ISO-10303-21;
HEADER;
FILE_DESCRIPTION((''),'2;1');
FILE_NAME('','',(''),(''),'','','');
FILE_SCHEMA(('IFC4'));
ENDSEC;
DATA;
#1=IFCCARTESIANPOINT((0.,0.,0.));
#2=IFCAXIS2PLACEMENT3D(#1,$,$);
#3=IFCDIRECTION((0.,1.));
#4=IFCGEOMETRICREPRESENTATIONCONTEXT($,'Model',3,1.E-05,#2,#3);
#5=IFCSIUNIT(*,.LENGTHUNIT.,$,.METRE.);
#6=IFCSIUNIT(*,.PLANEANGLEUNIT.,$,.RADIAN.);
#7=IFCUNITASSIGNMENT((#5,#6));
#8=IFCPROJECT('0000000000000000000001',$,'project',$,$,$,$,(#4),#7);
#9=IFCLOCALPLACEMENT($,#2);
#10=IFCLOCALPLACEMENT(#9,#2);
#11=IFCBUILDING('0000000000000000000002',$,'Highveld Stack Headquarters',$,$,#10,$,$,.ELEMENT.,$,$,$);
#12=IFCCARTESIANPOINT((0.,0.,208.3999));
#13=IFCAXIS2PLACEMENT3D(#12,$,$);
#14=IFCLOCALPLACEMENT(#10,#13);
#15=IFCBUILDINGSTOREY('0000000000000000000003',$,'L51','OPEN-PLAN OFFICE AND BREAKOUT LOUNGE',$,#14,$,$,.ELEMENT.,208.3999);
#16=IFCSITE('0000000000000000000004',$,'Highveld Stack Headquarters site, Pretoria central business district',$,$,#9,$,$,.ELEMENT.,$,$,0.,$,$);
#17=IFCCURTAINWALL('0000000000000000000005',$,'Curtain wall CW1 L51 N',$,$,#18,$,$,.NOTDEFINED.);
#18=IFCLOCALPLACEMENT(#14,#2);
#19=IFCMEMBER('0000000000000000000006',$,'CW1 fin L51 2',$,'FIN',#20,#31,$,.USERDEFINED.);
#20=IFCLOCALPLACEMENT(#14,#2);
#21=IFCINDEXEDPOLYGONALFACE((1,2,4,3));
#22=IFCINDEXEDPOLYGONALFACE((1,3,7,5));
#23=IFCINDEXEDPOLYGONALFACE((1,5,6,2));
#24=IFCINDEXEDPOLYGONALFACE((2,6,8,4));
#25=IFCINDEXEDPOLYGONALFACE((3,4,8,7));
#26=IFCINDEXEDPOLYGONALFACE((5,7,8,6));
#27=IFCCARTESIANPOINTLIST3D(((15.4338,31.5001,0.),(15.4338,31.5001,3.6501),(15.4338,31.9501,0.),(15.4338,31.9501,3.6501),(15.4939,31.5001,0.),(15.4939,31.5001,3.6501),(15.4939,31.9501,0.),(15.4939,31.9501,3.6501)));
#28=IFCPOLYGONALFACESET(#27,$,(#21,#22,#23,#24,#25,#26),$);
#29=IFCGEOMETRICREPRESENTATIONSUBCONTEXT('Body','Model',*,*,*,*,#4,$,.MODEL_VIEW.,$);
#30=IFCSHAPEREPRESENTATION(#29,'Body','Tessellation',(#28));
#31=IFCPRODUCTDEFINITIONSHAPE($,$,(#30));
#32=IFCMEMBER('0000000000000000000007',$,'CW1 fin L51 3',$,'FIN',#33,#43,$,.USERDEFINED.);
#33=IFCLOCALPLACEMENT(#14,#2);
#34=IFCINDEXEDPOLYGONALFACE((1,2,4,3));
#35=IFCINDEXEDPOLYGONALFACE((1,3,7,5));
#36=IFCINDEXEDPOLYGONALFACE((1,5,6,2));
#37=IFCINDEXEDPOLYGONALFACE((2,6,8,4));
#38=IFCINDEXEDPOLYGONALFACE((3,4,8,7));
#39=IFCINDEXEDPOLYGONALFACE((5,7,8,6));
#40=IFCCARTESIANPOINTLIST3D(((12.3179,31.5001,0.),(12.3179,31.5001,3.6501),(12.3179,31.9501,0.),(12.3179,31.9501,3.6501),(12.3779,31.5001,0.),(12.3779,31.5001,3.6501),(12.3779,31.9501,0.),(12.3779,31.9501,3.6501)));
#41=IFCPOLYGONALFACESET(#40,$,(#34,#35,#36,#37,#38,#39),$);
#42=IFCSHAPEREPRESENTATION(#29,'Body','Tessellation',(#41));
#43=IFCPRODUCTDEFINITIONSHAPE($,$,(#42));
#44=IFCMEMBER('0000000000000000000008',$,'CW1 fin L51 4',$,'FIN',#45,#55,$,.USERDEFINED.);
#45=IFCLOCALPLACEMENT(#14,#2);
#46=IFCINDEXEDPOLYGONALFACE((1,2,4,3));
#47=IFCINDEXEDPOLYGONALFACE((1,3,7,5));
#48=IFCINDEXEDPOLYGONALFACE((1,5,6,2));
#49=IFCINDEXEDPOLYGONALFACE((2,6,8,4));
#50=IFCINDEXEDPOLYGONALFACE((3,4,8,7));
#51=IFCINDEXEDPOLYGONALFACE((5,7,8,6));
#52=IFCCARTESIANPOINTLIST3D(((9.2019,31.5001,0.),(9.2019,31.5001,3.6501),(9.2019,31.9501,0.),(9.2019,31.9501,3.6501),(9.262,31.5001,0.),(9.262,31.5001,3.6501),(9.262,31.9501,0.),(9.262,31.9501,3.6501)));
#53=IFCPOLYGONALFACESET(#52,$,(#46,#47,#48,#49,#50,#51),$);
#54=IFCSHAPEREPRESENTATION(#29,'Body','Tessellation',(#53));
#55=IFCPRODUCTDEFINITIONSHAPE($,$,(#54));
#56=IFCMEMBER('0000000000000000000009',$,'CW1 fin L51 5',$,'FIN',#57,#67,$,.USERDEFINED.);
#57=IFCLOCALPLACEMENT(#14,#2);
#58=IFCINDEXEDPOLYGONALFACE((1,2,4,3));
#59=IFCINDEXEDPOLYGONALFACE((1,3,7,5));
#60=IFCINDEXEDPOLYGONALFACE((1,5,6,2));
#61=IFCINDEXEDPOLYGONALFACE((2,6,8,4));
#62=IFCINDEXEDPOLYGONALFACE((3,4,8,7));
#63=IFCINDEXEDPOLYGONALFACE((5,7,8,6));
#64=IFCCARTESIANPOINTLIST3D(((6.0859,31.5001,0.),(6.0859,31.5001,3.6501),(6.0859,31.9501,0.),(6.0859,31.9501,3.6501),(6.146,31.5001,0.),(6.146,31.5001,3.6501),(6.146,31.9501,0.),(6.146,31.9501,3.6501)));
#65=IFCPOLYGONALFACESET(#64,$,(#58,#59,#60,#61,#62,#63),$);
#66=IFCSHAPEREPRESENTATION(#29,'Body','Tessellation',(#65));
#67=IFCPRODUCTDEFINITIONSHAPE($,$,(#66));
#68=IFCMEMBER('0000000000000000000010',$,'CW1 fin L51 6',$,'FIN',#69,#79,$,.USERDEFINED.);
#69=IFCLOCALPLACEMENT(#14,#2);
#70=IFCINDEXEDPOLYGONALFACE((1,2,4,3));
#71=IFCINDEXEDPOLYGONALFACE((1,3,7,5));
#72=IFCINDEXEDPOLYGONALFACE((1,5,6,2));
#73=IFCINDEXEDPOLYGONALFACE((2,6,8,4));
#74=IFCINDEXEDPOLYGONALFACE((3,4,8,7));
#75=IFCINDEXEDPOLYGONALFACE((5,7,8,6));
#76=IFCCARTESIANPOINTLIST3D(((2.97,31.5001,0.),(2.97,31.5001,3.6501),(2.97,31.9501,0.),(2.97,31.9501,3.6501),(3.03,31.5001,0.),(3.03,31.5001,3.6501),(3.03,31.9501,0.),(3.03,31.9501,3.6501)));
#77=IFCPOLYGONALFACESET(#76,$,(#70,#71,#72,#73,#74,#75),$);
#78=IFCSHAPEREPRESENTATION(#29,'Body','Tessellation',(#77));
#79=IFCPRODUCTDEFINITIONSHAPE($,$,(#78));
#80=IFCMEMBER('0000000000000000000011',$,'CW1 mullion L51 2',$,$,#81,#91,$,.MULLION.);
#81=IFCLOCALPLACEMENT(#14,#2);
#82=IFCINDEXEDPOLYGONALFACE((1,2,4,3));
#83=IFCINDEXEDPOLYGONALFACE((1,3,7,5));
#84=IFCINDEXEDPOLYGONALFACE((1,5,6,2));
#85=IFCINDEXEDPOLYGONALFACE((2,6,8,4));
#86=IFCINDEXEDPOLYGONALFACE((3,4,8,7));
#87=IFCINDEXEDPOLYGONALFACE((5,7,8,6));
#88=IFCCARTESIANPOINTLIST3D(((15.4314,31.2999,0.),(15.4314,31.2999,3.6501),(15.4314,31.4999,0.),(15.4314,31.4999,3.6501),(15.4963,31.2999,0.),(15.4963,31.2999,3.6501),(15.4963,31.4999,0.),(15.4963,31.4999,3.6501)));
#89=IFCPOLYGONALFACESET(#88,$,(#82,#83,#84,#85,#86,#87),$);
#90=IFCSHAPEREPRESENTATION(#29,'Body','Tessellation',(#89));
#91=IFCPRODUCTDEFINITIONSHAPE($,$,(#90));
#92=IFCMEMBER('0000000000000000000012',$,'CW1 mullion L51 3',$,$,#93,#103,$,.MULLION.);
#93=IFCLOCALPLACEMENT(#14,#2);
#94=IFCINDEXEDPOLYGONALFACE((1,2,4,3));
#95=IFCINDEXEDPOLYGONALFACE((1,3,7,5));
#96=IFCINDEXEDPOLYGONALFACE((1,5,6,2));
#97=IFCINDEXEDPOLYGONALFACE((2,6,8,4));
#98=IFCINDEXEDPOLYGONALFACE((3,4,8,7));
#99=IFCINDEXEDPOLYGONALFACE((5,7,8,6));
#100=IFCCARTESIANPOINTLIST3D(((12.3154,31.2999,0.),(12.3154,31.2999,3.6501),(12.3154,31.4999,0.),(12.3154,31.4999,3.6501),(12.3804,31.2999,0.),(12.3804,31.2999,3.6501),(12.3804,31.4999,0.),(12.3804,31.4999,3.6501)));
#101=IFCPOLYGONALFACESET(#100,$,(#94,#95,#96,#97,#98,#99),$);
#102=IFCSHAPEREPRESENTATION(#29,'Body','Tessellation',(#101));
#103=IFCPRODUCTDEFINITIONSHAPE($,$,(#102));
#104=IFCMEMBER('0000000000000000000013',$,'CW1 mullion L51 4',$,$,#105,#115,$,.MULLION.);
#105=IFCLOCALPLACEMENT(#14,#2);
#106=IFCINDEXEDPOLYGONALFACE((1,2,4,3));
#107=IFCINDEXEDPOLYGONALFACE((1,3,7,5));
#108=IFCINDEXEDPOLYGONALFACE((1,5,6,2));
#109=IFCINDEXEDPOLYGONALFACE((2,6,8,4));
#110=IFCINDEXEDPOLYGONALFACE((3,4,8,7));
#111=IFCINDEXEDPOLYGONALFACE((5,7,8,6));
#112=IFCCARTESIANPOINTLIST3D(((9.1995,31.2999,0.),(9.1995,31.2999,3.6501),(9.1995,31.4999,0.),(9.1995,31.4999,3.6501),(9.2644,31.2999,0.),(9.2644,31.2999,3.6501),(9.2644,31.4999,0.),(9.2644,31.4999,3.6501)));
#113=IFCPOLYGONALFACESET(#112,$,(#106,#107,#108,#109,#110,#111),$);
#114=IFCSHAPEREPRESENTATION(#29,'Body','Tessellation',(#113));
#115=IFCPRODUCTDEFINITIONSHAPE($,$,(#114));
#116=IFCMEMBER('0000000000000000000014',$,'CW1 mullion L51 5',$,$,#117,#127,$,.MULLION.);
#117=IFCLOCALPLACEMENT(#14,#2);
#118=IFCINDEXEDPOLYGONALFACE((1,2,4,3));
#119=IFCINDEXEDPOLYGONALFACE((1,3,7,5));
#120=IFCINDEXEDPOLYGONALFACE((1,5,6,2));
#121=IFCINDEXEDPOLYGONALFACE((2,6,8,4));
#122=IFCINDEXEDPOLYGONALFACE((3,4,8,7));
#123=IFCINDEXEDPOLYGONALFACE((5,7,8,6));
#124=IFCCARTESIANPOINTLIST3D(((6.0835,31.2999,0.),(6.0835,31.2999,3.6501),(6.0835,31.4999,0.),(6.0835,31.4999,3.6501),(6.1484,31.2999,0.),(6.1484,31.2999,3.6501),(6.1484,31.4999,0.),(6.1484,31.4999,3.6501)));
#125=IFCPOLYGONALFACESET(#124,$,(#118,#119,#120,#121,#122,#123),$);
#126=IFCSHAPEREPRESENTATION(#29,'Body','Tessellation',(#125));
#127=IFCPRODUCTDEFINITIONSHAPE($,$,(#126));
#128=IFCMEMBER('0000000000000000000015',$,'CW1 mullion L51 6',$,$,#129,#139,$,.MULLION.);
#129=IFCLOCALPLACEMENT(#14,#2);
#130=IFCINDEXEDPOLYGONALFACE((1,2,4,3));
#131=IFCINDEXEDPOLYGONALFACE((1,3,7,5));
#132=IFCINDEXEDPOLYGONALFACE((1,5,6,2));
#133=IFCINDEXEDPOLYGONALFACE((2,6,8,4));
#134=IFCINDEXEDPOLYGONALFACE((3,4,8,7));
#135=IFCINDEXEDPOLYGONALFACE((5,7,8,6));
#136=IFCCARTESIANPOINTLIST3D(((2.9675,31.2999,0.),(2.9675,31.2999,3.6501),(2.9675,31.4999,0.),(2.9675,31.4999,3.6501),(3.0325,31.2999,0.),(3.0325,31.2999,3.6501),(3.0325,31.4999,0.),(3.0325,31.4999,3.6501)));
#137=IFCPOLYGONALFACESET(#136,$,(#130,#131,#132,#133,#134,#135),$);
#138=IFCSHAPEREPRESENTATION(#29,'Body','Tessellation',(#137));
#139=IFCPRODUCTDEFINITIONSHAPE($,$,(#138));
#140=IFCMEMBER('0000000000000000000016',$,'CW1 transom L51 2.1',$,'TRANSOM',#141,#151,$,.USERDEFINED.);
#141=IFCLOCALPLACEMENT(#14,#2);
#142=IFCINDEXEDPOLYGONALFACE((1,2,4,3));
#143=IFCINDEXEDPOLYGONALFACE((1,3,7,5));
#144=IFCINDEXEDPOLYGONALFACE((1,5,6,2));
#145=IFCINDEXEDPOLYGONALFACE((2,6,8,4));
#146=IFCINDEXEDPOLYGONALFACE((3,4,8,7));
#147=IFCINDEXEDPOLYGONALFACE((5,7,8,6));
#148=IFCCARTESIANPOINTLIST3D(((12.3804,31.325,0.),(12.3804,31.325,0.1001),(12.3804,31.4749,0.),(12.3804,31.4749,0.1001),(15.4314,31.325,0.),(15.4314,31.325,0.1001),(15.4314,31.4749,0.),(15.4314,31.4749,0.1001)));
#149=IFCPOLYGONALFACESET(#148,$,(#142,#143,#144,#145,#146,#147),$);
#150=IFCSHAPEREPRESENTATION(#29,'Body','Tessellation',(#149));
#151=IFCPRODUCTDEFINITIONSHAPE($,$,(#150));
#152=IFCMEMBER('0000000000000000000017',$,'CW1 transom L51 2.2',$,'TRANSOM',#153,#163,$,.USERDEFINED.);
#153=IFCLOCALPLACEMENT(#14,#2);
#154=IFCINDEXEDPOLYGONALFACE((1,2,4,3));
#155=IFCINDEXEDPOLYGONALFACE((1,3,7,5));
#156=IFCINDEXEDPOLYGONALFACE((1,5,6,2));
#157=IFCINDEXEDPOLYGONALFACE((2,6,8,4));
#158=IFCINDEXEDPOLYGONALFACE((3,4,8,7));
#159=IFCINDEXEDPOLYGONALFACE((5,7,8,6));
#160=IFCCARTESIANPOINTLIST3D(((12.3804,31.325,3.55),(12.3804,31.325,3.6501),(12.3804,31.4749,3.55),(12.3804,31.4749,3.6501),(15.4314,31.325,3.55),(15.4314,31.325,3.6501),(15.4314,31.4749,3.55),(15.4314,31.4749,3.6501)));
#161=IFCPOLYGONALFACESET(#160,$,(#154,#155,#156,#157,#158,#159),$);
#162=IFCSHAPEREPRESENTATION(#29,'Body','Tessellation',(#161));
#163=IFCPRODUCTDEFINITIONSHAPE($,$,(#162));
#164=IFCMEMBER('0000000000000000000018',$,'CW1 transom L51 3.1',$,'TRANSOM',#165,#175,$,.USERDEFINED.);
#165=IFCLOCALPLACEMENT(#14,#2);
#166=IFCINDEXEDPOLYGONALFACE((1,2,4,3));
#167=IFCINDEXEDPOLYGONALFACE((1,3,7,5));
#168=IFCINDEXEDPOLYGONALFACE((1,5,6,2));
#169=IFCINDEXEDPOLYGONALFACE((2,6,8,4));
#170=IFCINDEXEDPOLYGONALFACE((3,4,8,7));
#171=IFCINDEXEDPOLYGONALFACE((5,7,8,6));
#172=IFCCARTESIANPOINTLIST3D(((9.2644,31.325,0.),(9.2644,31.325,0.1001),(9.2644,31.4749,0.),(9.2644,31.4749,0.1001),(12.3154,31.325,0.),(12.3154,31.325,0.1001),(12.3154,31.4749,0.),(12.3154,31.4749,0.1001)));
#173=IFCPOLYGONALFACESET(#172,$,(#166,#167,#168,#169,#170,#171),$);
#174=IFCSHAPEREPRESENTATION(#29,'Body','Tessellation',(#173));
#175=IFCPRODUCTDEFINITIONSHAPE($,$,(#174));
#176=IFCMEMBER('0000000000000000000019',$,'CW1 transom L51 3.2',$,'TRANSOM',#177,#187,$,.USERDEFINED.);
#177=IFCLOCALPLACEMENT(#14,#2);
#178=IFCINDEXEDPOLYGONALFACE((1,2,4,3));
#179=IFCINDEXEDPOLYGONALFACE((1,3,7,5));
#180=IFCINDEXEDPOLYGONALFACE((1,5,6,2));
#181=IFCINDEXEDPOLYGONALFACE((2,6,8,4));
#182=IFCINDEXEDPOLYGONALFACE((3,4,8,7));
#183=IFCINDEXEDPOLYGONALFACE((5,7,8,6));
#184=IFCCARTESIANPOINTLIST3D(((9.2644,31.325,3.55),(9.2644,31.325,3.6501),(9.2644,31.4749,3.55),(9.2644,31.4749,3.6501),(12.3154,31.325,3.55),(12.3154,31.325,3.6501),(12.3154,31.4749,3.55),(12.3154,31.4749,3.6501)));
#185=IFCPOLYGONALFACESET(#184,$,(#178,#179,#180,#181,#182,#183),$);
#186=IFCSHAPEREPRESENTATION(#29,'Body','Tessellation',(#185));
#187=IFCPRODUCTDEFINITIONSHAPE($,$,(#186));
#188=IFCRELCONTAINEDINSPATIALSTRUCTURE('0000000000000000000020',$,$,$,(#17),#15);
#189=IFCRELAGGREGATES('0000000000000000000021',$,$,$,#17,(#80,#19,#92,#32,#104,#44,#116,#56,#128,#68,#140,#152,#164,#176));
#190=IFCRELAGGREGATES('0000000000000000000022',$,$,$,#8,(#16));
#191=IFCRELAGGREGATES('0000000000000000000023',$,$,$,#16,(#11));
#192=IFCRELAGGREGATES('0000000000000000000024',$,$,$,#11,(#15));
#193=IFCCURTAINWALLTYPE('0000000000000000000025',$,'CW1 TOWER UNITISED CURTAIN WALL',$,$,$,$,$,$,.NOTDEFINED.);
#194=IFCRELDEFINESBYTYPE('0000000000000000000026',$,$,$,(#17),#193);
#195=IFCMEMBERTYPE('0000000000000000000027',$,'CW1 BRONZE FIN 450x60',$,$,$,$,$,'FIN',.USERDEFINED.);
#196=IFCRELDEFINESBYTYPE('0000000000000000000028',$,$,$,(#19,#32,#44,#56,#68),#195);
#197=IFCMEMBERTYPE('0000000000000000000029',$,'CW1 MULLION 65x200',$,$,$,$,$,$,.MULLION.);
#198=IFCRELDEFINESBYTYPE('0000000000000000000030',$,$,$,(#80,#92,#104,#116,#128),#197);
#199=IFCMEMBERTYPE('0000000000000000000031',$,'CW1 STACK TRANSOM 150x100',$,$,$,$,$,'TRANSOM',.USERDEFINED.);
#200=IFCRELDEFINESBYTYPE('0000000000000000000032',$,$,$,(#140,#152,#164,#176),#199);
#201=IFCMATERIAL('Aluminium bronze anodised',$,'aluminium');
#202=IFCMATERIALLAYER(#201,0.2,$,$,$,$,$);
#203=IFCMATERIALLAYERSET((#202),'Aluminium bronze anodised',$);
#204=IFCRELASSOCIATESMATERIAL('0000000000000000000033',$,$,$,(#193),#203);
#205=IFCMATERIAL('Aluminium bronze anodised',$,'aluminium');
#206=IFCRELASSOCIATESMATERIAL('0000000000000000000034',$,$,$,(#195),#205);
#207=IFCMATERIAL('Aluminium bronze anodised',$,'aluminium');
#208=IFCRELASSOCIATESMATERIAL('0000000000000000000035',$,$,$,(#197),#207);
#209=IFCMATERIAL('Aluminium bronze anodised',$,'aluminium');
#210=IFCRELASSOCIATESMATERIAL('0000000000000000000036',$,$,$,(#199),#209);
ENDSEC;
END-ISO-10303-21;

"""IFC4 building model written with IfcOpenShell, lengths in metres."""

from ifc_helpers import new_model, si_unit, direction, frame, origin, origin_2d, place, context, subcontext, project, spatial, rectangle, extrude, material, layer, layer_set, material_profile, profile_set, type_object, element, aggregate, save


model = new_model("IFC4")

# Units and contexts
model_context = context("Model", 3, precision=1e-05, world=origin(), true_north=direction((0.0, 1.0)))
body_context = subcontext(model_context, "Body", "Model", "MODEL_VIEW")
ifc_project = project(units=[si_unit("LENGTHUNIT", "METRE"), si_unit("PLANEANGLEUNIT", "RADIAN")], contexts=[model_context])

# Site, building, storey
site_placement = place(None, origin())
site = spatial("IfcSite", under=ifc_project, at=site_placement, Name="Highveld Stack Headquarters site, Pretoria central business district", CompositionType="ELEMENT", RefElevation=0.0)
building_placement = place(site_placement, origin())
building = spatial("IfcBuilding", under=site, at=building_placement, Name="Highveld Stack Headquarters", CompositionType="ELEMENT")
storey_placement = place(building_placement, frame((0.0, 0.0, 208.3999)))
storey = spatial("IfcBuildingStorey", under=building, at=storey_placement, Name="L51", Description="OPEN-PLAN OFFICE AND BREAKOUT LOUNGE", CompositionType="ELEMENT", Elevation=208.3999)

# Curtain wall, members
ifc_material_1 = material(Name="Aluminium bronze anodised", Category="aluminium")
ifc_layer_1 = layer(ifc_material_1, 0.2)
ifc_layer_set_1 = layer_set([ifc_layer_1], Name="Aluminium bronze anodised")
curtain_wall_type = type_object("IfcCurtainWallType", Name="CW1 TOWER UNITISED CURTAIN WALL", PredefinedType="NOTDEFINED", material=ifc_layer_set_1)
curtain_wall_placement = place(storey_placement, origin())
curtain_wall = element("IfcCurtainWall", 1, at=curtain_wall_placement, inside=storey, type_object=curtain_wall_type, Name="Curtain wall CW1 L51 N", PredefinedType="NOTDEFINED")
ifc_material_2 = material(Name="Aluminium bronze anodised", Category="aluminium")
ifc_material_profile_1 = material_profile(ifc_material_2, rectangle(XDim=0.45, YDim=0.0601, at=origin_2d()), Name="FIN 450x60")
ifc_profile_set_1 = profile_set([ifc_material_profile_1], Name="Aluminium bronze anodised")
member_type_1 = type_object("IfcMemberType", Name="CW1 BRONZE FIN 450x60", ElementType="FIN", PredefinedType="USERDEFINED", material=ifc_profile_set_1)
member_1_placement = place(storey_placement, frame((15.4639, 31.7251, 0.0), z_axis=(0.0, 0.0, 1.0), x_axis=(0.0, -1.0, 0.0)))
member_1 = element("IfcMember", 2, at=member_1_placement, type_object=member_type_1, Name="CW1 fin L51 2", ObjectType="FIN", PredefinedType="USERDEFINED", context=body_context, shape_type="SweptSolid", body=[
    extrude(rectangle(XDim=0.45, YDim=0.0601, at=origin_2d()), origin(), (0.0, 0.0, 1.0), 3.6501),
])
member_2_placement = place(storey_placement, frame((12.3479, 31.7251, 0.0), z_axis=(0.0, 0.0, 1.0), x_axis=(0.0, -1.0, 0.0)))
member_2 = element("IfcMember", 3, at=member_2_placement, type_object=member_type_1, Name="CW1 fin L51 3", ObjectType="FIN", PredefinedType="USERDEFINED", context=body_context, shape_type="SweptSolid", body=[
    extrude(rectangle(XDim=0.45, YDim=0.0601, at=origin_2d()), origin(), (0.0, 0.0, 1.0), 3.6501),
])
member_3_placement = place(storey_placement, frame((9.2319, 31.7251, 0.0), z_axis=(0.0, 0.0, 1.0), x_axis=(0.0, -1.0, 0.0)))
member_3 = element("IfcMember", 4, at=member_3_placement, type_object=member_type_1, Name="CW1 fin L51 4", ObjectType="FIN", PredefinedType="USERDEFINED", context=body_context, shape_type="SweptSolid", body=[
    extrude(rectangle(XDim=0.45, YDim=0.0601, at=origin_2d()), origin(), (0.0, 0.0, 1.0), 3.6501),
])
member_4_placement = place(storey_placement, frame((6.116, 31.7251, 0.0), z_axis=(0.0, 0.0, 1.0), x_axis=(0.0, -1.0, 0.0)))
member_4 = element("IfcMember", 5, at=member_4_placement, type_object=member_type_1, Name="CW1 fin L51 5", ObjectType="FIN", PredefinedType="USERDEFINED", context=body_context, shape_type="SweptSolid", body=[
    extrude(rectangle(XDim=0.45, YDim=0.0601, at=origin_2d()), origin(), (0.0, 0.0, 1.0), 3.6501),
])
member_5_placement = place(storey_placement, frame((3.0, 31.7251, 0.0), z_axis=(0.0, 0.0, 1.0), x_axis=(0.0, -1.0, 0.0)))
member_5 = element("IfcMember", 6, at=member_5_placement, type_object=member_type_1, Name="CW1 fin L51 6", ObjectType="FIN", PredefinedType="USERDEFINED", context=body_context, shape_type="SweptSolid", body=[
    extrude(rectangle(XDim=0.45, YDim=0.0601, at=origin_2d()), origin(), (0.0, 0.0, 1.0), 3.6501),
])
ifc_material_3 = material(Name="Aluminium bronze anodised", Category="aluminium")
ifc_material_profile_2 = material_profile(ifc_material_3, rectangle(XDim=0.2, YDim=0.0649, at=origin_2d()), Name="CW1 MULLION 65x200")
ifc_profile_set_2 = profile_set([ifc_material_profile_2], Name="Aluminium bronze anodised")
member_type_2 = type_object("IfcMemberType", Name="CW1 MULLION 65x200", PredefinedType="MULLION", material=ifc_profile_set_2)
member_6_placement = place(storey_placement, frame((15.4639, 31.3999, 0.0), z_axis=(0.0, 0.0, 1.0), x_axis=(0.0, -1.0, 0.0)))
member_6 = element("IfcMember", 7, at=member_6_placement, type_object=member_type_2, Name="CW1 mullion L51 2", PredefinedType="MULLION", context=body_context, shape_type="SweptSolid", body=[
    extrude(rectangle(XDim=0.2, YDim=0.0649, at=origin_2d()), origin(), (0.0, 0.0, 1.0), 3.6501),
])
member_7_placement = place(storey_placement, frame((12.3479, 31.3999, 0.0), z_axis=(0.0, 0.0, 1.0), x_axis=(0.0, -1.0, 0.0)))
member_7 = element("IfcMember", 8, at=member_7_placement, type_object=member_type_2, Name="CW1 mullion L51 3", PredefinedType="MULLION", context=body_context, shape_type="SweptSolid", body=[
    extrude(rectangle(XDim=0.2, YDim=0.0649, at=origin_2d()), origin(), (0.0, 0.0, 1.0), 3.6501),
])
member_8_placement = place(storey_placement, frame((9.2319, 31.3999, 0.0), z_axis=(0.0, 0.0, 1.0), x_axis=(0.0, -1.0, 0.0)))
member_8 = element("IfcMember", 9, at=member_8_placement, type_object=member_type_2, Name="CW1 mullion L51 4", PredefinedType="MULLION", context=body_context, shape_type="SweptSolid", body=[
    extrude(rectangle(XDim=0.2, YDim=0.0649, at=origin_2d()), origin(), (0.0, 0.0, 1.0), 3.6501),
])
member_9_placement = place(storey_placement, frame((6.116, 31.3999, 0.0), z_axis=(0.0, 0.0, 1.0), x_axis=(0.0, -1.0, 0.0)))
member_9 = element("IfcMember", 10, at=member_9_placement, type_object=member_type_2, Name="CW1 mullion L51 5", PredefinedType="MULLION", context=body_context, shape_type="SweptSolid", body=[
    extrude(rectangle(XDim=0.2, YDim=0.0649, at=origin_2d()), origin(), (0.0, 0.0, 1.0), 3.6501),
])
member_10_placement = place(storey_placement, frame((3.0, 31.3999, 0.0), z_axis=(0.0, 0.0, 1.0), x_axis=(0.0, -1.0, 0.0)))
member_10 = element("IfcMember", 11, at=member_10_placement, type_object=member_type_2, Name="CW1 mullion L51 6", PredefinedType="MULLION", context=body_context, shape_type="SweptSolid", body=[
    extrude(rectangle(XDim=0.2, YDim=0.0649, at=origin_2d()), origin(), (0.0, 0.0, 1.0), 3.6501),
])
ifc_material_4 = material(Name="Aluminium bronze anodised", Category="aluminium")
ifc_material_profile_3 = material_profile(ifc_material_4, rectangle(XDim=0.1499, YDim=0.1001, at=origin_2d()), Name="CW1 TRANSOM 150x100")
ifc_profile_set_3 = profile_set([ifc_material_profile_3], Name="Aluminium bronze anodised")
member_type_3 = type_object("IfcMemberType", Name="CW1 STACK TRANSOM 150x100", ElementType="TRANSOM", PredefinedType="USERDEFINED", material=ifc_profile_set_3)
member_11_placement = place(storey_placement, frame((15.4314, 31.3999, 0.05), z_axis=(-1.0, 0.0, 0.0), x_axis=(0.0, -1.0, 0.0)))
member_11 = element("IfcMember", 12, at=member_11_placement, type_object=member_type_3, Name="CW1 transom L51 2.1", ObjectType="TRANSOM", PredefinedType="USERDEFINED", context=body_context, shape_type="SweptSolid", body=[
    extrude(rectangle(XDim=0.1499, YDim=0.1001, at=origin_2d()), origin(), (0.0, 0.0, 1.0), 3.051),
])
member_12_placement = place(storey_placement, frame((15.4314, 31.3999, 3.6001), z_axis=(-1.0, 0.0, 0.0), x_axis=(0.0, -1.0, 0.0)))
member_12 = element("IfcMember", 13, at=member_12_placement, type_object=member_type_3, Name="CW1 transom L51 2.2", ObjectType="TRANSOM", PredefinedType="USERDEFINED", context=body_context, shape_type="SweptSolid", body=[
    extrude(rectangle(XDim=0.1499, YDim=0.1001, at=origin_2d()), origin(), (0.0, 0.0, 1.0), 3.051),
])
member_13_placement = place(storey_placement, frame((12.3154, 31.3999, 0.05), z_axis=(-1.0, 0.0, 0.0), x_axis=(0.0, -1.0, 0.0)))
member_13 = element("IfcMember", 14, at=member_13_placement, type_object=member_type_3, Name="CW1 transom L51 3.1", ObjectType="TRANSOM", PredefinedType="USERDEFINED", context=body_context, shape_type="SweptSolid", body=[
    extrude(rectangle(XDim=0.1499, YDim=0.1001, at=origin_2d()), origin(), (0.0, 0.0, 1.0), 3.051),
])
member_14_placement = place(storey_placement, frame((12.3154, 31.3999, 3.6001), z_axis=(-1.0, 0.0, 0.0), x_axis=(0.0, -1.0, 0.0)))
member_14 = element("IfcMember", 15, at=member_14_placement, type_object=member_type_3, Name="CW1 transom L51 3.2", ObjectType="TRANSOM", PredefinedType="USERDEFINED", context=body_context, shape_type="SweptSolid", body=[
    extrude(rectangle(XDim=0.1499, YDim=0.1001, at=origin_2d()), origin(), (0.0, 0.0, 1.0), 3.051),
])
aggregate(curtain_wall, [member_6, member_1, member_7, member_2, member_8, member_3, member_9, member_4, member_10, member_5, member_11, member_12, member_13, member_14])

save(model, "model.ifc")
